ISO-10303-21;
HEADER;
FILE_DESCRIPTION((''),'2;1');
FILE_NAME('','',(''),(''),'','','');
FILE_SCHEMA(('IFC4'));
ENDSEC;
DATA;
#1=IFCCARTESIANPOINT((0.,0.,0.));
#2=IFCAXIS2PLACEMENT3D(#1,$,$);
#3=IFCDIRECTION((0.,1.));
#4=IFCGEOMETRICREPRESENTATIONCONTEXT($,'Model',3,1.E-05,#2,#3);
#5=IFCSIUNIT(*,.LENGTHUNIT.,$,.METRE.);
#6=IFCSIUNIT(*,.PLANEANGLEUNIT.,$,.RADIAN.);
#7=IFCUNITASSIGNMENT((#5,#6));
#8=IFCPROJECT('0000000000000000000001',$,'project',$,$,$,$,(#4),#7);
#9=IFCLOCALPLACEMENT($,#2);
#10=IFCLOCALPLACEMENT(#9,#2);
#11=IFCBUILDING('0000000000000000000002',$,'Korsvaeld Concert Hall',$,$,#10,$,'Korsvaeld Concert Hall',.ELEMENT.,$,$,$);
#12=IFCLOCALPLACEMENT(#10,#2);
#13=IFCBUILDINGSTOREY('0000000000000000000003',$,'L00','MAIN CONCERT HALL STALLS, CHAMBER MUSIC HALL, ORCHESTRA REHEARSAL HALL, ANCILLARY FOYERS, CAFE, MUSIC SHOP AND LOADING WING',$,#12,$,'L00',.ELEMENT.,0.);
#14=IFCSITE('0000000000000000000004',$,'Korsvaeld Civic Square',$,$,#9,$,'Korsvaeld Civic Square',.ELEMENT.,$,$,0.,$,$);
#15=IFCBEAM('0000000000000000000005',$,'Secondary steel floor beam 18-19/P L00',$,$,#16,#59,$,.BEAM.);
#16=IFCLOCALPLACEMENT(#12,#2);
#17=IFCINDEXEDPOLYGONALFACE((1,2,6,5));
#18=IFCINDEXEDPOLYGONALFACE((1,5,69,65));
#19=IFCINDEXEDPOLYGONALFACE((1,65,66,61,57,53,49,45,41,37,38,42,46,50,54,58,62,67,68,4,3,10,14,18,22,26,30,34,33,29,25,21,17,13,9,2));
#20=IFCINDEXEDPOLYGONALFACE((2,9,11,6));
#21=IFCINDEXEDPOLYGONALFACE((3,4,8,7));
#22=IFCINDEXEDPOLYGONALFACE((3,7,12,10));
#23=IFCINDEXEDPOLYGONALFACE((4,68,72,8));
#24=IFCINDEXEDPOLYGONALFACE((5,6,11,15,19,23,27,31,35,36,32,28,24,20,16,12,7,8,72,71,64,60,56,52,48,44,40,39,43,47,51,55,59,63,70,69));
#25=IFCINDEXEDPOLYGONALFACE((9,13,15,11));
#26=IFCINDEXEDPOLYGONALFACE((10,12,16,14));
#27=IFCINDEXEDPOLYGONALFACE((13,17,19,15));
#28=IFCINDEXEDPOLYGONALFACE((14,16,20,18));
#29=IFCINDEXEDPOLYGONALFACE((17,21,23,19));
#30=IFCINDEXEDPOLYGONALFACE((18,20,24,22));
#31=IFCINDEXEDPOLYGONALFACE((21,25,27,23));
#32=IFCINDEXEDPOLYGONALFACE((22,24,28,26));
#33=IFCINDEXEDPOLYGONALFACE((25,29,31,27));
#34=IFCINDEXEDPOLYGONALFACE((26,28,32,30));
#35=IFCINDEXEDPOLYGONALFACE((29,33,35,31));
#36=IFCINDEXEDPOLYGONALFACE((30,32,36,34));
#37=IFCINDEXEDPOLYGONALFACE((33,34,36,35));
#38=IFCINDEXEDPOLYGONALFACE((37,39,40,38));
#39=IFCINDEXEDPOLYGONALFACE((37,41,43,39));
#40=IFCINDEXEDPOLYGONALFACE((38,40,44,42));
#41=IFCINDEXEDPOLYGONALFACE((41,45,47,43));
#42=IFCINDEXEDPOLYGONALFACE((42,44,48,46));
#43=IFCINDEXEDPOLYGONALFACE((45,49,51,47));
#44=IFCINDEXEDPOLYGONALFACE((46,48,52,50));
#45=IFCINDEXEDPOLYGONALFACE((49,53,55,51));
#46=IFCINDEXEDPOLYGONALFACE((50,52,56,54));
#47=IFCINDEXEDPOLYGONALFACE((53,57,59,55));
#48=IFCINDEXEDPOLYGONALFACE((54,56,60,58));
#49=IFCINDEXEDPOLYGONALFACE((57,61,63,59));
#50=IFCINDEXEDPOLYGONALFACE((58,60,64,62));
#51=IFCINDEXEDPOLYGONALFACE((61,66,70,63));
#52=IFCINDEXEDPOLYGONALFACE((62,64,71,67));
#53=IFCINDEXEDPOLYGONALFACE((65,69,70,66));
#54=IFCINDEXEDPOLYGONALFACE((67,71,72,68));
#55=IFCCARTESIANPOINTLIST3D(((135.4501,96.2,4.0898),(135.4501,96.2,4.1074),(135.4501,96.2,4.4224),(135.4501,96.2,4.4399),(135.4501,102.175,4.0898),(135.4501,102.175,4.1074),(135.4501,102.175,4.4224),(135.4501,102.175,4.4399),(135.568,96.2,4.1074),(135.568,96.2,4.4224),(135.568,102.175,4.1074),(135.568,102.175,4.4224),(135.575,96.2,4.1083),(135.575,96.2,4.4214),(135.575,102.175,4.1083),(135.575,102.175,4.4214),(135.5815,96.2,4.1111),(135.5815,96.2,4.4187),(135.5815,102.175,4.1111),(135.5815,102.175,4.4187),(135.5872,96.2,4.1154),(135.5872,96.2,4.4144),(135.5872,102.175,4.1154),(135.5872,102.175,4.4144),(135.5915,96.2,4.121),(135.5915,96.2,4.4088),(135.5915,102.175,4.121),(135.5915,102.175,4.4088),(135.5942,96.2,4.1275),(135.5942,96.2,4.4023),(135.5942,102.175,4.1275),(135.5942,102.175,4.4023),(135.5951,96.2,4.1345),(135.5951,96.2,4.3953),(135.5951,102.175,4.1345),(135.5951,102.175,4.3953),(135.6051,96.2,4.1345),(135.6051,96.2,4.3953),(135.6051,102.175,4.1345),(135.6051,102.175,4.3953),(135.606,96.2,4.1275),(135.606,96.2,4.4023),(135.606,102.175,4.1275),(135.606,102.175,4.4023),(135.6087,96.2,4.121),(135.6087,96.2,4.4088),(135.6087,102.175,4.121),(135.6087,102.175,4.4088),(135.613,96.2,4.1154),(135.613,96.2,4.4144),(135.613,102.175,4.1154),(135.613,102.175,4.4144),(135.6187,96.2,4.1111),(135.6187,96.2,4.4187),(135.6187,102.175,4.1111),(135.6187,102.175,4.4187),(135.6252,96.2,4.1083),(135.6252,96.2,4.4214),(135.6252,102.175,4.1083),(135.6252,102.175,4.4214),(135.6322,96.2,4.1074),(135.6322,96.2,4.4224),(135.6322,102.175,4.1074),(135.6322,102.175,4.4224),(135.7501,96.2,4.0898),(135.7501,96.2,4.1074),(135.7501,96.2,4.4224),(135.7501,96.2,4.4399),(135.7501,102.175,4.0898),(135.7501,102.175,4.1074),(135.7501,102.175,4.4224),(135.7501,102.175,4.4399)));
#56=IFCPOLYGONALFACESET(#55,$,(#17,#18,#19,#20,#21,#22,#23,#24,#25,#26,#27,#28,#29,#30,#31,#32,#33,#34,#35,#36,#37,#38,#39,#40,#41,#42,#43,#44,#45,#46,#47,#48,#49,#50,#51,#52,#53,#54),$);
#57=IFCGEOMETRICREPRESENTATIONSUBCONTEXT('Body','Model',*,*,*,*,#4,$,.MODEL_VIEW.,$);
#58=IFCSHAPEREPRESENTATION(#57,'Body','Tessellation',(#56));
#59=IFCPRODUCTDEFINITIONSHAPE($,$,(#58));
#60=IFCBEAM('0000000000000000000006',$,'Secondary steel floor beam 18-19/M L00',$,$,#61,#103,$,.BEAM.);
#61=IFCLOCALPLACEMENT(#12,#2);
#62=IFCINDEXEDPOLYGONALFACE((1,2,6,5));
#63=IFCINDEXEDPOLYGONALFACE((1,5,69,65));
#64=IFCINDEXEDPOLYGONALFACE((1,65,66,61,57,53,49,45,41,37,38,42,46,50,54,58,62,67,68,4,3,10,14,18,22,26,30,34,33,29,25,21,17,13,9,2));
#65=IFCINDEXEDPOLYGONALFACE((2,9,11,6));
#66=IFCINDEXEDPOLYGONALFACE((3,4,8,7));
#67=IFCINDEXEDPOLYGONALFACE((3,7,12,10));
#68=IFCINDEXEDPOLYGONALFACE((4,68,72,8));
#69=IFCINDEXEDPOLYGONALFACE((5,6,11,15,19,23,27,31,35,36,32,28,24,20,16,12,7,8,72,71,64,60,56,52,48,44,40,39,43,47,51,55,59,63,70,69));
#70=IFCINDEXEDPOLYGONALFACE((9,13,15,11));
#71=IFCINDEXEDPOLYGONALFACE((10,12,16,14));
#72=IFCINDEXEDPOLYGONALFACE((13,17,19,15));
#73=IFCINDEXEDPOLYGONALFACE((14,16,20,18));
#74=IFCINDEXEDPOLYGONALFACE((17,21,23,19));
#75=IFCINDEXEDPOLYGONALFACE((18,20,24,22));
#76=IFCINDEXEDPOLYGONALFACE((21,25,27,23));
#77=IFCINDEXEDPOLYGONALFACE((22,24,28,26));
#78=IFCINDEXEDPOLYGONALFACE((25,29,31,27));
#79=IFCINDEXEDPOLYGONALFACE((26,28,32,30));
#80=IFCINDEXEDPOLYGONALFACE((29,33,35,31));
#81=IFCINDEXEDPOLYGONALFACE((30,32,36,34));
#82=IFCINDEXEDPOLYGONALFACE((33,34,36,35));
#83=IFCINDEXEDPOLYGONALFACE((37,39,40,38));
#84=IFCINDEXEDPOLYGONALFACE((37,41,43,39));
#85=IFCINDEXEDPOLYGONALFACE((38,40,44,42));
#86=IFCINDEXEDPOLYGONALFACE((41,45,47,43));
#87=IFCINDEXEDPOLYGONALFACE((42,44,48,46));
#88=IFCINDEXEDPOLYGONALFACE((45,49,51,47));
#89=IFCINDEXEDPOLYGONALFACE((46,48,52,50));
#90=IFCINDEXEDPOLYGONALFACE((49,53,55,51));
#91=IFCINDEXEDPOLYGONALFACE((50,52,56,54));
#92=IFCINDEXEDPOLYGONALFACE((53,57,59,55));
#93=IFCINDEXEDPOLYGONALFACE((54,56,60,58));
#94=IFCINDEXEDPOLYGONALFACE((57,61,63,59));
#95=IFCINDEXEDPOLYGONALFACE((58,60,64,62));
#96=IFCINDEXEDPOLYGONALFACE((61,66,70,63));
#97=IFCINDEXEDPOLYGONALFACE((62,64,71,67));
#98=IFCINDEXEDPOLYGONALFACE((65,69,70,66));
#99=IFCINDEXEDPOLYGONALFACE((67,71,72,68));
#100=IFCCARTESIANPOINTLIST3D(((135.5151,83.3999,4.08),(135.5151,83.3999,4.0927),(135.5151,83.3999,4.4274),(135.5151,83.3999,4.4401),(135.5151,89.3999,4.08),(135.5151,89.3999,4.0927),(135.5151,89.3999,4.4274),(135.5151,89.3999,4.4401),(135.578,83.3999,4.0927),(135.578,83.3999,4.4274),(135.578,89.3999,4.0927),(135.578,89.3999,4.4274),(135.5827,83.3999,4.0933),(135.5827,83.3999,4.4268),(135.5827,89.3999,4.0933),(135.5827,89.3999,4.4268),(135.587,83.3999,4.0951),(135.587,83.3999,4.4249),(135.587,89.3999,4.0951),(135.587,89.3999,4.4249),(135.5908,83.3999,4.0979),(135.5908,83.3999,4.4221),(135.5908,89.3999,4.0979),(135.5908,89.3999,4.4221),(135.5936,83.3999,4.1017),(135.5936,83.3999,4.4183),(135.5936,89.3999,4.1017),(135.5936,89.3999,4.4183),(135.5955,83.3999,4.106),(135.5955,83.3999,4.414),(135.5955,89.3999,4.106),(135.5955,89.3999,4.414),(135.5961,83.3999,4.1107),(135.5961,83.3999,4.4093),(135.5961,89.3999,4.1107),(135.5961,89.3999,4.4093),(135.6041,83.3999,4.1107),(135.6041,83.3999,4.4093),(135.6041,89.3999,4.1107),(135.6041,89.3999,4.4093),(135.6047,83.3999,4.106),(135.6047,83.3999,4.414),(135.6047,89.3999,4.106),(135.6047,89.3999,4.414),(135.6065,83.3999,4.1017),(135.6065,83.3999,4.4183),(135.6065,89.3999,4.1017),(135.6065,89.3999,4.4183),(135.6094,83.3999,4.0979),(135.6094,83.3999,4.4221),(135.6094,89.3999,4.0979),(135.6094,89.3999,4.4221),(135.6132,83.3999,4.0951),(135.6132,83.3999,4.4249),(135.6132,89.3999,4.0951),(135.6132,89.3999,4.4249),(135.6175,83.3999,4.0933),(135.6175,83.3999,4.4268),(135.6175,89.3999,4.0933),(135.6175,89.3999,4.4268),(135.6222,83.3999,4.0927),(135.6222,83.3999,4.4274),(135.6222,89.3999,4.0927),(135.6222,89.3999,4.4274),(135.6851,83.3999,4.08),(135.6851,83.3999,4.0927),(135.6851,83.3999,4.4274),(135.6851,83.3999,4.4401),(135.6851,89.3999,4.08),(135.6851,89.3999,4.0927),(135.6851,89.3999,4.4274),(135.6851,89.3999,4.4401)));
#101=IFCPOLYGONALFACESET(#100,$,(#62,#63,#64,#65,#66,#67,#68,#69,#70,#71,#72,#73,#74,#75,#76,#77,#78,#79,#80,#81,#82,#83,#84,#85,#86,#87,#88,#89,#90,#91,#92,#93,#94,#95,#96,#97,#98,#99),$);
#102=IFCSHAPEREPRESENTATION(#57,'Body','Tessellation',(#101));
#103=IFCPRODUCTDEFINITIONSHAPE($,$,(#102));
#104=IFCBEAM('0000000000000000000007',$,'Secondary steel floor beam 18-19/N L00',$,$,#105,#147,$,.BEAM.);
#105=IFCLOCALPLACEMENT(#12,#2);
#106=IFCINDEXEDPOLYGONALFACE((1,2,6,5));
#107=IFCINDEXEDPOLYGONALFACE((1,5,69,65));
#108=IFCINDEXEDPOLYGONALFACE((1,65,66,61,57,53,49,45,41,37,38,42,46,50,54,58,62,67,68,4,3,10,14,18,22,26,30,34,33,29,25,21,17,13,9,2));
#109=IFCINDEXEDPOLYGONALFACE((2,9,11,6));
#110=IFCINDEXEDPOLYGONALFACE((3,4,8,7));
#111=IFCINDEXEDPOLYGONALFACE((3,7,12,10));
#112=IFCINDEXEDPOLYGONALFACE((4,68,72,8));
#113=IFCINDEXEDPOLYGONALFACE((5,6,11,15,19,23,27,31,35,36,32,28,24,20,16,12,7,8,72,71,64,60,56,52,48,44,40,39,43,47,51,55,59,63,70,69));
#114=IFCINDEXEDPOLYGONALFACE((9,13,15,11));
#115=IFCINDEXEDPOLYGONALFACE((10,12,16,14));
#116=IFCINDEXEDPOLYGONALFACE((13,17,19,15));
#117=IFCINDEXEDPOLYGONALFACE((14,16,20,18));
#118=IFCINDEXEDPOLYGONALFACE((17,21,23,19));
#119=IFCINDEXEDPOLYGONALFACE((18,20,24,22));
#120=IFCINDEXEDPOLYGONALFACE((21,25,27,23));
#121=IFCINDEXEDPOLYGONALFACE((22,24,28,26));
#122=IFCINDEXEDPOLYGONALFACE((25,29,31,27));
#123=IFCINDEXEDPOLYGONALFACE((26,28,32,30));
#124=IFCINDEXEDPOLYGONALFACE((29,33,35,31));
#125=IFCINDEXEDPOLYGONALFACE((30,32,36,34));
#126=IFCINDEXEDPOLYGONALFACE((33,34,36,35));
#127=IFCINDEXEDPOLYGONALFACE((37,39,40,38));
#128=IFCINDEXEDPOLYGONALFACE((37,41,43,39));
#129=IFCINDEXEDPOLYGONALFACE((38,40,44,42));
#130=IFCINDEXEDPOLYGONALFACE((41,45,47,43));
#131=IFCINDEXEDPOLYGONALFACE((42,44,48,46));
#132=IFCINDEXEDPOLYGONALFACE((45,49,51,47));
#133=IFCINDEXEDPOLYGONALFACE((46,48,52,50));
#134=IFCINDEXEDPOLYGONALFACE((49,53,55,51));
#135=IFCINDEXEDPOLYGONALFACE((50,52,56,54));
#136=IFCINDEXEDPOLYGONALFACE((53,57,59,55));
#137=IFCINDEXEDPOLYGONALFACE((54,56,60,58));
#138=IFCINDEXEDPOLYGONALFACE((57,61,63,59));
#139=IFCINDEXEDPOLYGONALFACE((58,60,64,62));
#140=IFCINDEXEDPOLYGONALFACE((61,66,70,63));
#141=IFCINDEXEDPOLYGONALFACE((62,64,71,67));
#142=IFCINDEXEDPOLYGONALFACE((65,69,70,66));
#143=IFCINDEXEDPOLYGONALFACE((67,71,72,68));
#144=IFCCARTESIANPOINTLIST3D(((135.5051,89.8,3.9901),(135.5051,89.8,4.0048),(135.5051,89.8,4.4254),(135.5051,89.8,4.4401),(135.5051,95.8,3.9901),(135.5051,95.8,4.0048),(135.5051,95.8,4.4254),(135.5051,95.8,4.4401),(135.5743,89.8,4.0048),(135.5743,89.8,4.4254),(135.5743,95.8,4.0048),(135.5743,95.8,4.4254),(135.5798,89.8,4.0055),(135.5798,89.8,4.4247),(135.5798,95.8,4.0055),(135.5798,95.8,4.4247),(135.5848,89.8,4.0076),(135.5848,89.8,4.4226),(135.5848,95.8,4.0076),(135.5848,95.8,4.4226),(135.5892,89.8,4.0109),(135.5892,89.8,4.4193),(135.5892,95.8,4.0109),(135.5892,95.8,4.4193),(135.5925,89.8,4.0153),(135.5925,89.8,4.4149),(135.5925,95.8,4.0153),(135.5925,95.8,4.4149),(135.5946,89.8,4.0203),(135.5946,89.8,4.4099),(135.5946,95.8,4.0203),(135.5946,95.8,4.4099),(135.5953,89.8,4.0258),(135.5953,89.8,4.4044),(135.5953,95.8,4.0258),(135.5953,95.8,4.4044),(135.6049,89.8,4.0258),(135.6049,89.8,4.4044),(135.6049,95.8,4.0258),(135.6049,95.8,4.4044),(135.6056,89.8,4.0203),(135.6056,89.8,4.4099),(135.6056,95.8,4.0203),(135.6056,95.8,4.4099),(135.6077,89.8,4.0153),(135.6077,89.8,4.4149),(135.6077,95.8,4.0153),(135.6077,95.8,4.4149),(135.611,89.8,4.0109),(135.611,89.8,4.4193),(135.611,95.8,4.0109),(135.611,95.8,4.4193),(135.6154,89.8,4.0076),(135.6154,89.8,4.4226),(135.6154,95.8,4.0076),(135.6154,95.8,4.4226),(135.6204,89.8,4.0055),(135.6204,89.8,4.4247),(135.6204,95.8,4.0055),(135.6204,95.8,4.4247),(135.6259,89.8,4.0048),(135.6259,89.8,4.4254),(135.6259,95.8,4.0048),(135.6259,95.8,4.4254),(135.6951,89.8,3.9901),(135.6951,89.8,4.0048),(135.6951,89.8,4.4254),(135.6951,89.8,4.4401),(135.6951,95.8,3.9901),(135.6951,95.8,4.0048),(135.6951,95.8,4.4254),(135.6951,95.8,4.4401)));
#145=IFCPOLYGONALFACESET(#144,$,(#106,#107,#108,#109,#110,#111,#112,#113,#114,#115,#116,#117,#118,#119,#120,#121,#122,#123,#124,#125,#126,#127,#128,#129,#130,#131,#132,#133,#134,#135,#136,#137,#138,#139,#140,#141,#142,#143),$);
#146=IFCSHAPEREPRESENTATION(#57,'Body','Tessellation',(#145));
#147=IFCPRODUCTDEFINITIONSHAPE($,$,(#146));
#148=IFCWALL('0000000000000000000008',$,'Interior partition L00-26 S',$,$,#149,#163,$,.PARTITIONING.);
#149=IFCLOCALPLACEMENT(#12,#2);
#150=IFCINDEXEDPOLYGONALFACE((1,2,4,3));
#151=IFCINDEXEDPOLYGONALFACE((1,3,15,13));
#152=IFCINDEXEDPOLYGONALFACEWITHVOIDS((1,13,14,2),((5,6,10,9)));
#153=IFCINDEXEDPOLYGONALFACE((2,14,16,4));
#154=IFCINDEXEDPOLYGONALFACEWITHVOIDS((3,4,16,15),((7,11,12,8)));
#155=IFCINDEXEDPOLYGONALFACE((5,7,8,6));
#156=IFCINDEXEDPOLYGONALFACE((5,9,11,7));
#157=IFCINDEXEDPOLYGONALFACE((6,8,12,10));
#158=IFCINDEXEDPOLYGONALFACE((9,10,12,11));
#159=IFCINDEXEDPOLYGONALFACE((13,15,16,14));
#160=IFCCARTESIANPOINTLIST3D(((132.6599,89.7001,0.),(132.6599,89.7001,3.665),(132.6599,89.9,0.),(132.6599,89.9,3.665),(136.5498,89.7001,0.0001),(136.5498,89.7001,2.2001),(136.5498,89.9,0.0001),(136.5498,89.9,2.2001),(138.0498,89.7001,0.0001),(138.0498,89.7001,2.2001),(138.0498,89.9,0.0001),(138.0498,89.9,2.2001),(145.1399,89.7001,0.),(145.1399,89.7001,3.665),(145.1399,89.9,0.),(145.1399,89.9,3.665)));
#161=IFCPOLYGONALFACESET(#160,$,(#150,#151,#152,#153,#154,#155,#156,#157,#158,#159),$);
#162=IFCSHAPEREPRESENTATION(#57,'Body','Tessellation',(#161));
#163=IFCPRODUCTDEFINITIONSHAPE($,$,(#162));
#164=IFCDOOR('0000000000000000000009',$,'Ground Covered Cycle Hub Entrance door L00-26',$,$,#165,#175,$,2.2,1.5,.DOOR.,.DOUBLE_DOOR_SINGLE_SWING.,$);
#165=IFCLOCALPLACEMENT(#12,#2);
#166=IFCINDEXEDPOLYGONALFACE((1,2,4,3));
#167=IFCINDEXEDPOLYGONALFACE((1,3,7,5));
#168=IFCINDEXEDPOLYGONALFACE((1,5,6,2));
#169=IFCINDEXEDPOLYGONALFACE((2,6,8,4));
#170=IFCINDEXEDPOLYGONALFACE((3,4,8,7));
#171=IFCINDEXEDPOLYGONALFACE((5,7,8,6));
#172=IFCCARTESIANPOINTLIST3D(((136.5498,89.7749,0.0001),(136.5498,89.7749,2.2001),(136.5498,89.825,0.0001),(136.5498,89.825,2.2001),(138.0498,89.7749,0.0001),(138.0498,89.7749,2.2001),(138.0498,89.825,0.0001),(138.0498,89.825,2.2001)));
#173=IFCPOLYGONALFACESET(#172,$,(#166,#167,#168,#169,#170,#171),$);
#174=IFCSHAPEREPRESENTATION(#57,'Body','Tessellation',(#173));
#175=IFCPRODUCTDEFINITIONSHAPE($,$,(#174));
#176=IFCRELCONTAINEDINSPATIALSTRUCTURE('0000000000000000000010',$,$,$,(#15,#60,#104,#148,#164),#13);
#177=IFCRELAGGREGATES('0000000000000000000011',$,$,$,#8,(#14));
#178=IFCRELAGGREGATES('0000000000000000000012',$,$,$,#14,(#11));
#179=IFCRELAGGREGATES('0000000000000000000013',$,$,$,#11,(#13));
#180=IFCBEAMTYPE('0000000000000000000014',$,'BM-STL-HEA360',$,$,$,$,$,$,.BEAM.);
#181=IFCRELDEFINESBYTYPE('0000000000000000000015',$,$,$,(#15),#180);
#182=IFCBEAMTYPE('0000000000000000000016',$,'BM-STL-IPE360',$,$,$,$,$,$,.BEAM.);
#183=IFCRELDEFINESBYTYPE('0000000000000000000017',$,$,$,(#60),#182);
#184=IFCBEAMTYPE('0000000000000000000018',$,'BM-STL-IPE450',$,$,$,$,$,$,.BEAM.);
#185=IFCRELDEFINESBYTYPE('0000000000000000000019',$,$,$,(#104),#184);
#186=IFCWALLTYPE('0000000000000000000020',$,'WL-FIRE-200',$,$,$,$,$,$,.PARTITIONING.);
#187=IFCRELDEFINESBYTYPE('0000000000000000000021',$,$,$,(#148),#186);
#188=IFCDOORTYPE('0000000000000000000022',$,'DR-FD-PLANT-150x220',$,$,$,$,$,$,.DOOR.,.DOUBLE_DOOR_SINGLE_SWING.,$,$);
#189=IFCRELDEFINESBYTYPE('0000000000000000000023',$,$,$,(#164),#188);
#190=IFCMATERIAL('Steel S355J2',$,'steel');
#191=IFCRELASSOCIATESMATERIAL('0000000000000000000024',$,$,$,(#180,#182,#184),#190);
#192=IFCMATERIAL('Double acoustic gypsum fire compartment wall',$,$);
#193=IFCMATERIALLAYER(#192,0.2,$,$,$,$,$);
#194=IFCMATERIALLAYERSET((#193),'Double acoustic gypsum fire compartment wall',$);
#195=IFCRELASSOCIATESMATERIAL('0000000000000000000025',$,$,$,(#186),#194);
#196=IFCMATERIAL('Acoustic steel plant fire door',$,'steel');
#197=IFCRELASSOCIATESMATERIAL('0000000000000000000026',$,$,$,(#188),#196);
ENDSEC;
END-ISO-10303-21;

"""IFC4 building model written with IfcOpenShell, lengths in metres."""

from ifc_helpers import new_model, si_unit, direction, frame, frame_2d, origin, origin_2d, place, context, subcontext, project, spatial, rectangle, i_section, extrude, material, layer, layer_set, material_profile, profile_set, type_object, element, fill, save


model = new_model("IFC4")

# Units and contexts
model_context = context("Model", 3, precision=1e-05, world=origin(), true_north=direction((0.0, 1.0)))
body_context = subcontext(model_context, "Body", "Model", "MODEL_VIEW")
ifc_project = project(units=[si_unit("LENGTHUNIT", "METRE"), si_unit("PLANEANGLEUNIT", "RADIAN")], contexts=[model_context])

# Site, building, storey
site_placement = place(None, origin())
site = spatial("IfcSite", under=ifc_project, at=site_placement, Name="Korsvaeld Civic Square", LongName="Korsvaeld Civic Square", CompositionType="ELEMENT", RefElevation=0.0)
building_placement = place(site_placement, origin())
building = spatial("IfcBuilding", under=site, at=building_placement, Name="Korsvaeld Concert Hall", LongName="Korsvaeld Concert Hall", CompositionType="ELEMENT")
storey_placement = place(building_placement, origin())
storey = spatial("IfcBuildingStorey", under=building, at=storey_placement, Name="L00", Description="MAIN CONCERT HALL STALLS, CHAMBER MUSIC HALL, ORCHESTRA REHEARSAL HALL, ANCILLARY FOYERS, CAFE, MUSIC SHOP AND LOADING WING", LongName="L00", CompositionType="ELEMENT", Elevation=0.0)

# Beams
ifc_material_1 = material(Name="Steel S355J2", Category="steel")
ifc_material_profile_1 = material_profile(ifc_material_1, i_section(OverallWidth=0.3, OverallDepth=0.3501, WebThickness=0.01, FlangeThickness=0.0176, FilletRadius=0.0271, at=origin_2d()), Name="HEA 360")
ifc_profile_set_1 = profile_set([ifc_material_profile_1], Name="Steel S355J2")
beam_type_1 = type_object("IfcBeamType", Name="BM-STL-HEA360", PredefinedType="BEAM", material=ifc_profile_set_1)
beam_1_placement = place(storey_placement, frame((135.6001, 96.2, 4.2649), z_axis=(0.0, 1.0, 0.0), x_axis=(-1.0, 0.0, 0.0)))
element("IfcBeam", 1, at=beam_1_placement, inside=storey, type_object=beam_type_1, Name="Secondary steel floor beam 18-19/P L00", PredefinedType="BEAM", context=body_context, shape_type="SweptSolid", body=[
    extrude(i_section(OverallWidth=0.3, OverallDepth=0.3501, WebThickness=0.01, FlangeThickness=0.0176, FilletRadius=0.0271, at=origin_2d()), origin(), (0.0, 0.0, 1.0), 5.9751),
])
ifc_material_profile_2 = material_profile(ifc_material_1, i_section(OverallWidth=0.1699, OverallDepth=0.3601, WebThickness=0.0081, FlangeThickness=0.0127, FilletRadius=0.0181, at=origin_2d()), Name="IPE 360")
ifc_profile_set_2 = profile_set([ifc_material_profile_2], Name="Steel S355J2")
beam_type_2 = type_object("IfcBeamType", Name="BM-STL-IPE360", PredefinedType="BEAM", material=ifc_profile_set_2)
beam_2_placement = place(storey_placement, frame((135.6001, 83.3999, 4.26), z_axis=(0.0, 1.0, 0.0), x_axis=(-1.0, 0.0, 0.0)))
element("IfcBeam", 2, at=beam_2_placement, inside=storey, type_object=beam_type_2, Name="Secondary steel floor beam 18-19/M L00", PredefinedType="BEAM", context=body_context, shape_type="SweptSolid", body=[
    extrude(i_section(OverallWidth=0.1699, OverallDepth=0.3601, WebThickness=0.0081, FlangeThickness=0.0127, FilletRadius=0.0181, at=origin_2d()), origin(), (0.0, 0.0, 1.0), 6.0),
])
ifc_material_profile_3 = material_profile(ifc_material_1, i_section(OverallWidth=0.1899, OverallDepth=0.45, WebThickness=0.0095, FlangeThickness=0.0146, FilletRadius=0.021, at=origin_2d()), Name="IPE 450")
ifc_profile_set_3 = profile_set([ifc_material_profile_3], Name="Steel S355J2")
beam_type_3 = type_object("IfcBeamType", Name="BM-STL-IPE450", PredefinedType="BEAM", material=ifc_profile_set_3)
beam_3_placement = place(storey_placement, frame((135.6001, 89.8, 4.2151), z_axis=(0.0, 1.0, 0.0), x_axis=(-1.0, 0.0, 0.0)))
element("IfcBeam", 3, at=beam_3_placement, inside=storey, type_object=beam_type_3, Name="Secondary steel floor beam 18-19/N L00", PredefinedType="BEAM", context=body_context, shape_type="SweptSolid", body=[
    extrude(i_section(OverallWidth=0.1899, OverallDepth=0.45, WebThickness=0.0095, FlangeThickness=0.0146, FilletRadius=0.021, at=origin_2d()), origin(), (0.0, 0.0, 1.0), 6.0),
])

# Wall, opening, door
ifc_material_2 = material(Name="Double acoustic gypsum fire compartment wall")
ifc_layer = layer(ifc_material_2, 0.2)
ifc_layer_set = layer_set([ifc_layer], Name="Double acoustic gypsum fire compartment wall")
wall_type = type_object("IfcWallType", Name="WL-FIRE-200", PredefinedType="PARTITIONING", material=ifc_layer_set)
wall_placement = place(storey_placement, frame((132.6599, 89.8, 0.0), z_axis=(0.0, 0.0, 1.0), x_axis=(1.0, 0.0, 0.0)))
wall = element("IfcWall", 4, at=wall_placement, inside=storey, type_object=wall_type, Name="Interior partition L00-26 S", PredefinedType="PARTITIONING", context=body_context, shape_type="SweptSolid", body=[
    extrude(rectangle(XDim=12.48, YDim=0.2, at=frame_2d((6.24, 0.0))), origin(), (0.0, 0.0, 1.0), 3.665),
])
opening_placement = place(wall_placement, frame((3.8899, 0.0, 0.0)))
opening = element("IfcOpeningElement", 5, at=opening_placement, cuts=wall, PredefinedType="OPENING", context=body_context, shape_type="SweptSolid", body=[
    extrude(rectangle(XDim=1.5, YDim=2.2, at=frame_2d((0.75, 1.1001))), frame((0.0, 0.1099, 0.0), z_axis=(0.0, -1.0, 0.0), x_axis=(1.0, 0.0, 0.0)), (0.0, 0.0, 1.0), 0.22),
])
ifc_material_3 = material(Name="Acoustic steel plant fire door", Category="steel")
door_type = type_object("IfcDoorType", Name="DR-FD-PLANT-150x220", OperationType="DOUBLE_DOOR_SINGLE_SWING", PredefinedType="DOOR", material=ifc_material_3)
door_placement = place(opening_placement, origin())
door = element("IfcDoor", 6, at=door_placement, inside=storey, type_object=door_type, Name="Ground Covered Cycle Hub Entrance door L00-26", OperationType="DOUBLE_DOOR_SINGLE_SWING", OverallHeight=2.2, OverallWidth=1.5, PredefinedType="DOOR", context=body_context, shape_type="SweptSolid", body=[
    extrude(rectangle(XDim=1.5, YDim=2.2, at=frame_2d((0.75, 1.1001))), frame((0.0, 0.0249, 0.0), z_axis=(0.0, -1.0, 0.0), x_axis=(1.0, 0.0, 0.0)), (0.0, 0.0, 1.0), 0.05),
])
fill(opening, door)

save(model, "model.ifc")
